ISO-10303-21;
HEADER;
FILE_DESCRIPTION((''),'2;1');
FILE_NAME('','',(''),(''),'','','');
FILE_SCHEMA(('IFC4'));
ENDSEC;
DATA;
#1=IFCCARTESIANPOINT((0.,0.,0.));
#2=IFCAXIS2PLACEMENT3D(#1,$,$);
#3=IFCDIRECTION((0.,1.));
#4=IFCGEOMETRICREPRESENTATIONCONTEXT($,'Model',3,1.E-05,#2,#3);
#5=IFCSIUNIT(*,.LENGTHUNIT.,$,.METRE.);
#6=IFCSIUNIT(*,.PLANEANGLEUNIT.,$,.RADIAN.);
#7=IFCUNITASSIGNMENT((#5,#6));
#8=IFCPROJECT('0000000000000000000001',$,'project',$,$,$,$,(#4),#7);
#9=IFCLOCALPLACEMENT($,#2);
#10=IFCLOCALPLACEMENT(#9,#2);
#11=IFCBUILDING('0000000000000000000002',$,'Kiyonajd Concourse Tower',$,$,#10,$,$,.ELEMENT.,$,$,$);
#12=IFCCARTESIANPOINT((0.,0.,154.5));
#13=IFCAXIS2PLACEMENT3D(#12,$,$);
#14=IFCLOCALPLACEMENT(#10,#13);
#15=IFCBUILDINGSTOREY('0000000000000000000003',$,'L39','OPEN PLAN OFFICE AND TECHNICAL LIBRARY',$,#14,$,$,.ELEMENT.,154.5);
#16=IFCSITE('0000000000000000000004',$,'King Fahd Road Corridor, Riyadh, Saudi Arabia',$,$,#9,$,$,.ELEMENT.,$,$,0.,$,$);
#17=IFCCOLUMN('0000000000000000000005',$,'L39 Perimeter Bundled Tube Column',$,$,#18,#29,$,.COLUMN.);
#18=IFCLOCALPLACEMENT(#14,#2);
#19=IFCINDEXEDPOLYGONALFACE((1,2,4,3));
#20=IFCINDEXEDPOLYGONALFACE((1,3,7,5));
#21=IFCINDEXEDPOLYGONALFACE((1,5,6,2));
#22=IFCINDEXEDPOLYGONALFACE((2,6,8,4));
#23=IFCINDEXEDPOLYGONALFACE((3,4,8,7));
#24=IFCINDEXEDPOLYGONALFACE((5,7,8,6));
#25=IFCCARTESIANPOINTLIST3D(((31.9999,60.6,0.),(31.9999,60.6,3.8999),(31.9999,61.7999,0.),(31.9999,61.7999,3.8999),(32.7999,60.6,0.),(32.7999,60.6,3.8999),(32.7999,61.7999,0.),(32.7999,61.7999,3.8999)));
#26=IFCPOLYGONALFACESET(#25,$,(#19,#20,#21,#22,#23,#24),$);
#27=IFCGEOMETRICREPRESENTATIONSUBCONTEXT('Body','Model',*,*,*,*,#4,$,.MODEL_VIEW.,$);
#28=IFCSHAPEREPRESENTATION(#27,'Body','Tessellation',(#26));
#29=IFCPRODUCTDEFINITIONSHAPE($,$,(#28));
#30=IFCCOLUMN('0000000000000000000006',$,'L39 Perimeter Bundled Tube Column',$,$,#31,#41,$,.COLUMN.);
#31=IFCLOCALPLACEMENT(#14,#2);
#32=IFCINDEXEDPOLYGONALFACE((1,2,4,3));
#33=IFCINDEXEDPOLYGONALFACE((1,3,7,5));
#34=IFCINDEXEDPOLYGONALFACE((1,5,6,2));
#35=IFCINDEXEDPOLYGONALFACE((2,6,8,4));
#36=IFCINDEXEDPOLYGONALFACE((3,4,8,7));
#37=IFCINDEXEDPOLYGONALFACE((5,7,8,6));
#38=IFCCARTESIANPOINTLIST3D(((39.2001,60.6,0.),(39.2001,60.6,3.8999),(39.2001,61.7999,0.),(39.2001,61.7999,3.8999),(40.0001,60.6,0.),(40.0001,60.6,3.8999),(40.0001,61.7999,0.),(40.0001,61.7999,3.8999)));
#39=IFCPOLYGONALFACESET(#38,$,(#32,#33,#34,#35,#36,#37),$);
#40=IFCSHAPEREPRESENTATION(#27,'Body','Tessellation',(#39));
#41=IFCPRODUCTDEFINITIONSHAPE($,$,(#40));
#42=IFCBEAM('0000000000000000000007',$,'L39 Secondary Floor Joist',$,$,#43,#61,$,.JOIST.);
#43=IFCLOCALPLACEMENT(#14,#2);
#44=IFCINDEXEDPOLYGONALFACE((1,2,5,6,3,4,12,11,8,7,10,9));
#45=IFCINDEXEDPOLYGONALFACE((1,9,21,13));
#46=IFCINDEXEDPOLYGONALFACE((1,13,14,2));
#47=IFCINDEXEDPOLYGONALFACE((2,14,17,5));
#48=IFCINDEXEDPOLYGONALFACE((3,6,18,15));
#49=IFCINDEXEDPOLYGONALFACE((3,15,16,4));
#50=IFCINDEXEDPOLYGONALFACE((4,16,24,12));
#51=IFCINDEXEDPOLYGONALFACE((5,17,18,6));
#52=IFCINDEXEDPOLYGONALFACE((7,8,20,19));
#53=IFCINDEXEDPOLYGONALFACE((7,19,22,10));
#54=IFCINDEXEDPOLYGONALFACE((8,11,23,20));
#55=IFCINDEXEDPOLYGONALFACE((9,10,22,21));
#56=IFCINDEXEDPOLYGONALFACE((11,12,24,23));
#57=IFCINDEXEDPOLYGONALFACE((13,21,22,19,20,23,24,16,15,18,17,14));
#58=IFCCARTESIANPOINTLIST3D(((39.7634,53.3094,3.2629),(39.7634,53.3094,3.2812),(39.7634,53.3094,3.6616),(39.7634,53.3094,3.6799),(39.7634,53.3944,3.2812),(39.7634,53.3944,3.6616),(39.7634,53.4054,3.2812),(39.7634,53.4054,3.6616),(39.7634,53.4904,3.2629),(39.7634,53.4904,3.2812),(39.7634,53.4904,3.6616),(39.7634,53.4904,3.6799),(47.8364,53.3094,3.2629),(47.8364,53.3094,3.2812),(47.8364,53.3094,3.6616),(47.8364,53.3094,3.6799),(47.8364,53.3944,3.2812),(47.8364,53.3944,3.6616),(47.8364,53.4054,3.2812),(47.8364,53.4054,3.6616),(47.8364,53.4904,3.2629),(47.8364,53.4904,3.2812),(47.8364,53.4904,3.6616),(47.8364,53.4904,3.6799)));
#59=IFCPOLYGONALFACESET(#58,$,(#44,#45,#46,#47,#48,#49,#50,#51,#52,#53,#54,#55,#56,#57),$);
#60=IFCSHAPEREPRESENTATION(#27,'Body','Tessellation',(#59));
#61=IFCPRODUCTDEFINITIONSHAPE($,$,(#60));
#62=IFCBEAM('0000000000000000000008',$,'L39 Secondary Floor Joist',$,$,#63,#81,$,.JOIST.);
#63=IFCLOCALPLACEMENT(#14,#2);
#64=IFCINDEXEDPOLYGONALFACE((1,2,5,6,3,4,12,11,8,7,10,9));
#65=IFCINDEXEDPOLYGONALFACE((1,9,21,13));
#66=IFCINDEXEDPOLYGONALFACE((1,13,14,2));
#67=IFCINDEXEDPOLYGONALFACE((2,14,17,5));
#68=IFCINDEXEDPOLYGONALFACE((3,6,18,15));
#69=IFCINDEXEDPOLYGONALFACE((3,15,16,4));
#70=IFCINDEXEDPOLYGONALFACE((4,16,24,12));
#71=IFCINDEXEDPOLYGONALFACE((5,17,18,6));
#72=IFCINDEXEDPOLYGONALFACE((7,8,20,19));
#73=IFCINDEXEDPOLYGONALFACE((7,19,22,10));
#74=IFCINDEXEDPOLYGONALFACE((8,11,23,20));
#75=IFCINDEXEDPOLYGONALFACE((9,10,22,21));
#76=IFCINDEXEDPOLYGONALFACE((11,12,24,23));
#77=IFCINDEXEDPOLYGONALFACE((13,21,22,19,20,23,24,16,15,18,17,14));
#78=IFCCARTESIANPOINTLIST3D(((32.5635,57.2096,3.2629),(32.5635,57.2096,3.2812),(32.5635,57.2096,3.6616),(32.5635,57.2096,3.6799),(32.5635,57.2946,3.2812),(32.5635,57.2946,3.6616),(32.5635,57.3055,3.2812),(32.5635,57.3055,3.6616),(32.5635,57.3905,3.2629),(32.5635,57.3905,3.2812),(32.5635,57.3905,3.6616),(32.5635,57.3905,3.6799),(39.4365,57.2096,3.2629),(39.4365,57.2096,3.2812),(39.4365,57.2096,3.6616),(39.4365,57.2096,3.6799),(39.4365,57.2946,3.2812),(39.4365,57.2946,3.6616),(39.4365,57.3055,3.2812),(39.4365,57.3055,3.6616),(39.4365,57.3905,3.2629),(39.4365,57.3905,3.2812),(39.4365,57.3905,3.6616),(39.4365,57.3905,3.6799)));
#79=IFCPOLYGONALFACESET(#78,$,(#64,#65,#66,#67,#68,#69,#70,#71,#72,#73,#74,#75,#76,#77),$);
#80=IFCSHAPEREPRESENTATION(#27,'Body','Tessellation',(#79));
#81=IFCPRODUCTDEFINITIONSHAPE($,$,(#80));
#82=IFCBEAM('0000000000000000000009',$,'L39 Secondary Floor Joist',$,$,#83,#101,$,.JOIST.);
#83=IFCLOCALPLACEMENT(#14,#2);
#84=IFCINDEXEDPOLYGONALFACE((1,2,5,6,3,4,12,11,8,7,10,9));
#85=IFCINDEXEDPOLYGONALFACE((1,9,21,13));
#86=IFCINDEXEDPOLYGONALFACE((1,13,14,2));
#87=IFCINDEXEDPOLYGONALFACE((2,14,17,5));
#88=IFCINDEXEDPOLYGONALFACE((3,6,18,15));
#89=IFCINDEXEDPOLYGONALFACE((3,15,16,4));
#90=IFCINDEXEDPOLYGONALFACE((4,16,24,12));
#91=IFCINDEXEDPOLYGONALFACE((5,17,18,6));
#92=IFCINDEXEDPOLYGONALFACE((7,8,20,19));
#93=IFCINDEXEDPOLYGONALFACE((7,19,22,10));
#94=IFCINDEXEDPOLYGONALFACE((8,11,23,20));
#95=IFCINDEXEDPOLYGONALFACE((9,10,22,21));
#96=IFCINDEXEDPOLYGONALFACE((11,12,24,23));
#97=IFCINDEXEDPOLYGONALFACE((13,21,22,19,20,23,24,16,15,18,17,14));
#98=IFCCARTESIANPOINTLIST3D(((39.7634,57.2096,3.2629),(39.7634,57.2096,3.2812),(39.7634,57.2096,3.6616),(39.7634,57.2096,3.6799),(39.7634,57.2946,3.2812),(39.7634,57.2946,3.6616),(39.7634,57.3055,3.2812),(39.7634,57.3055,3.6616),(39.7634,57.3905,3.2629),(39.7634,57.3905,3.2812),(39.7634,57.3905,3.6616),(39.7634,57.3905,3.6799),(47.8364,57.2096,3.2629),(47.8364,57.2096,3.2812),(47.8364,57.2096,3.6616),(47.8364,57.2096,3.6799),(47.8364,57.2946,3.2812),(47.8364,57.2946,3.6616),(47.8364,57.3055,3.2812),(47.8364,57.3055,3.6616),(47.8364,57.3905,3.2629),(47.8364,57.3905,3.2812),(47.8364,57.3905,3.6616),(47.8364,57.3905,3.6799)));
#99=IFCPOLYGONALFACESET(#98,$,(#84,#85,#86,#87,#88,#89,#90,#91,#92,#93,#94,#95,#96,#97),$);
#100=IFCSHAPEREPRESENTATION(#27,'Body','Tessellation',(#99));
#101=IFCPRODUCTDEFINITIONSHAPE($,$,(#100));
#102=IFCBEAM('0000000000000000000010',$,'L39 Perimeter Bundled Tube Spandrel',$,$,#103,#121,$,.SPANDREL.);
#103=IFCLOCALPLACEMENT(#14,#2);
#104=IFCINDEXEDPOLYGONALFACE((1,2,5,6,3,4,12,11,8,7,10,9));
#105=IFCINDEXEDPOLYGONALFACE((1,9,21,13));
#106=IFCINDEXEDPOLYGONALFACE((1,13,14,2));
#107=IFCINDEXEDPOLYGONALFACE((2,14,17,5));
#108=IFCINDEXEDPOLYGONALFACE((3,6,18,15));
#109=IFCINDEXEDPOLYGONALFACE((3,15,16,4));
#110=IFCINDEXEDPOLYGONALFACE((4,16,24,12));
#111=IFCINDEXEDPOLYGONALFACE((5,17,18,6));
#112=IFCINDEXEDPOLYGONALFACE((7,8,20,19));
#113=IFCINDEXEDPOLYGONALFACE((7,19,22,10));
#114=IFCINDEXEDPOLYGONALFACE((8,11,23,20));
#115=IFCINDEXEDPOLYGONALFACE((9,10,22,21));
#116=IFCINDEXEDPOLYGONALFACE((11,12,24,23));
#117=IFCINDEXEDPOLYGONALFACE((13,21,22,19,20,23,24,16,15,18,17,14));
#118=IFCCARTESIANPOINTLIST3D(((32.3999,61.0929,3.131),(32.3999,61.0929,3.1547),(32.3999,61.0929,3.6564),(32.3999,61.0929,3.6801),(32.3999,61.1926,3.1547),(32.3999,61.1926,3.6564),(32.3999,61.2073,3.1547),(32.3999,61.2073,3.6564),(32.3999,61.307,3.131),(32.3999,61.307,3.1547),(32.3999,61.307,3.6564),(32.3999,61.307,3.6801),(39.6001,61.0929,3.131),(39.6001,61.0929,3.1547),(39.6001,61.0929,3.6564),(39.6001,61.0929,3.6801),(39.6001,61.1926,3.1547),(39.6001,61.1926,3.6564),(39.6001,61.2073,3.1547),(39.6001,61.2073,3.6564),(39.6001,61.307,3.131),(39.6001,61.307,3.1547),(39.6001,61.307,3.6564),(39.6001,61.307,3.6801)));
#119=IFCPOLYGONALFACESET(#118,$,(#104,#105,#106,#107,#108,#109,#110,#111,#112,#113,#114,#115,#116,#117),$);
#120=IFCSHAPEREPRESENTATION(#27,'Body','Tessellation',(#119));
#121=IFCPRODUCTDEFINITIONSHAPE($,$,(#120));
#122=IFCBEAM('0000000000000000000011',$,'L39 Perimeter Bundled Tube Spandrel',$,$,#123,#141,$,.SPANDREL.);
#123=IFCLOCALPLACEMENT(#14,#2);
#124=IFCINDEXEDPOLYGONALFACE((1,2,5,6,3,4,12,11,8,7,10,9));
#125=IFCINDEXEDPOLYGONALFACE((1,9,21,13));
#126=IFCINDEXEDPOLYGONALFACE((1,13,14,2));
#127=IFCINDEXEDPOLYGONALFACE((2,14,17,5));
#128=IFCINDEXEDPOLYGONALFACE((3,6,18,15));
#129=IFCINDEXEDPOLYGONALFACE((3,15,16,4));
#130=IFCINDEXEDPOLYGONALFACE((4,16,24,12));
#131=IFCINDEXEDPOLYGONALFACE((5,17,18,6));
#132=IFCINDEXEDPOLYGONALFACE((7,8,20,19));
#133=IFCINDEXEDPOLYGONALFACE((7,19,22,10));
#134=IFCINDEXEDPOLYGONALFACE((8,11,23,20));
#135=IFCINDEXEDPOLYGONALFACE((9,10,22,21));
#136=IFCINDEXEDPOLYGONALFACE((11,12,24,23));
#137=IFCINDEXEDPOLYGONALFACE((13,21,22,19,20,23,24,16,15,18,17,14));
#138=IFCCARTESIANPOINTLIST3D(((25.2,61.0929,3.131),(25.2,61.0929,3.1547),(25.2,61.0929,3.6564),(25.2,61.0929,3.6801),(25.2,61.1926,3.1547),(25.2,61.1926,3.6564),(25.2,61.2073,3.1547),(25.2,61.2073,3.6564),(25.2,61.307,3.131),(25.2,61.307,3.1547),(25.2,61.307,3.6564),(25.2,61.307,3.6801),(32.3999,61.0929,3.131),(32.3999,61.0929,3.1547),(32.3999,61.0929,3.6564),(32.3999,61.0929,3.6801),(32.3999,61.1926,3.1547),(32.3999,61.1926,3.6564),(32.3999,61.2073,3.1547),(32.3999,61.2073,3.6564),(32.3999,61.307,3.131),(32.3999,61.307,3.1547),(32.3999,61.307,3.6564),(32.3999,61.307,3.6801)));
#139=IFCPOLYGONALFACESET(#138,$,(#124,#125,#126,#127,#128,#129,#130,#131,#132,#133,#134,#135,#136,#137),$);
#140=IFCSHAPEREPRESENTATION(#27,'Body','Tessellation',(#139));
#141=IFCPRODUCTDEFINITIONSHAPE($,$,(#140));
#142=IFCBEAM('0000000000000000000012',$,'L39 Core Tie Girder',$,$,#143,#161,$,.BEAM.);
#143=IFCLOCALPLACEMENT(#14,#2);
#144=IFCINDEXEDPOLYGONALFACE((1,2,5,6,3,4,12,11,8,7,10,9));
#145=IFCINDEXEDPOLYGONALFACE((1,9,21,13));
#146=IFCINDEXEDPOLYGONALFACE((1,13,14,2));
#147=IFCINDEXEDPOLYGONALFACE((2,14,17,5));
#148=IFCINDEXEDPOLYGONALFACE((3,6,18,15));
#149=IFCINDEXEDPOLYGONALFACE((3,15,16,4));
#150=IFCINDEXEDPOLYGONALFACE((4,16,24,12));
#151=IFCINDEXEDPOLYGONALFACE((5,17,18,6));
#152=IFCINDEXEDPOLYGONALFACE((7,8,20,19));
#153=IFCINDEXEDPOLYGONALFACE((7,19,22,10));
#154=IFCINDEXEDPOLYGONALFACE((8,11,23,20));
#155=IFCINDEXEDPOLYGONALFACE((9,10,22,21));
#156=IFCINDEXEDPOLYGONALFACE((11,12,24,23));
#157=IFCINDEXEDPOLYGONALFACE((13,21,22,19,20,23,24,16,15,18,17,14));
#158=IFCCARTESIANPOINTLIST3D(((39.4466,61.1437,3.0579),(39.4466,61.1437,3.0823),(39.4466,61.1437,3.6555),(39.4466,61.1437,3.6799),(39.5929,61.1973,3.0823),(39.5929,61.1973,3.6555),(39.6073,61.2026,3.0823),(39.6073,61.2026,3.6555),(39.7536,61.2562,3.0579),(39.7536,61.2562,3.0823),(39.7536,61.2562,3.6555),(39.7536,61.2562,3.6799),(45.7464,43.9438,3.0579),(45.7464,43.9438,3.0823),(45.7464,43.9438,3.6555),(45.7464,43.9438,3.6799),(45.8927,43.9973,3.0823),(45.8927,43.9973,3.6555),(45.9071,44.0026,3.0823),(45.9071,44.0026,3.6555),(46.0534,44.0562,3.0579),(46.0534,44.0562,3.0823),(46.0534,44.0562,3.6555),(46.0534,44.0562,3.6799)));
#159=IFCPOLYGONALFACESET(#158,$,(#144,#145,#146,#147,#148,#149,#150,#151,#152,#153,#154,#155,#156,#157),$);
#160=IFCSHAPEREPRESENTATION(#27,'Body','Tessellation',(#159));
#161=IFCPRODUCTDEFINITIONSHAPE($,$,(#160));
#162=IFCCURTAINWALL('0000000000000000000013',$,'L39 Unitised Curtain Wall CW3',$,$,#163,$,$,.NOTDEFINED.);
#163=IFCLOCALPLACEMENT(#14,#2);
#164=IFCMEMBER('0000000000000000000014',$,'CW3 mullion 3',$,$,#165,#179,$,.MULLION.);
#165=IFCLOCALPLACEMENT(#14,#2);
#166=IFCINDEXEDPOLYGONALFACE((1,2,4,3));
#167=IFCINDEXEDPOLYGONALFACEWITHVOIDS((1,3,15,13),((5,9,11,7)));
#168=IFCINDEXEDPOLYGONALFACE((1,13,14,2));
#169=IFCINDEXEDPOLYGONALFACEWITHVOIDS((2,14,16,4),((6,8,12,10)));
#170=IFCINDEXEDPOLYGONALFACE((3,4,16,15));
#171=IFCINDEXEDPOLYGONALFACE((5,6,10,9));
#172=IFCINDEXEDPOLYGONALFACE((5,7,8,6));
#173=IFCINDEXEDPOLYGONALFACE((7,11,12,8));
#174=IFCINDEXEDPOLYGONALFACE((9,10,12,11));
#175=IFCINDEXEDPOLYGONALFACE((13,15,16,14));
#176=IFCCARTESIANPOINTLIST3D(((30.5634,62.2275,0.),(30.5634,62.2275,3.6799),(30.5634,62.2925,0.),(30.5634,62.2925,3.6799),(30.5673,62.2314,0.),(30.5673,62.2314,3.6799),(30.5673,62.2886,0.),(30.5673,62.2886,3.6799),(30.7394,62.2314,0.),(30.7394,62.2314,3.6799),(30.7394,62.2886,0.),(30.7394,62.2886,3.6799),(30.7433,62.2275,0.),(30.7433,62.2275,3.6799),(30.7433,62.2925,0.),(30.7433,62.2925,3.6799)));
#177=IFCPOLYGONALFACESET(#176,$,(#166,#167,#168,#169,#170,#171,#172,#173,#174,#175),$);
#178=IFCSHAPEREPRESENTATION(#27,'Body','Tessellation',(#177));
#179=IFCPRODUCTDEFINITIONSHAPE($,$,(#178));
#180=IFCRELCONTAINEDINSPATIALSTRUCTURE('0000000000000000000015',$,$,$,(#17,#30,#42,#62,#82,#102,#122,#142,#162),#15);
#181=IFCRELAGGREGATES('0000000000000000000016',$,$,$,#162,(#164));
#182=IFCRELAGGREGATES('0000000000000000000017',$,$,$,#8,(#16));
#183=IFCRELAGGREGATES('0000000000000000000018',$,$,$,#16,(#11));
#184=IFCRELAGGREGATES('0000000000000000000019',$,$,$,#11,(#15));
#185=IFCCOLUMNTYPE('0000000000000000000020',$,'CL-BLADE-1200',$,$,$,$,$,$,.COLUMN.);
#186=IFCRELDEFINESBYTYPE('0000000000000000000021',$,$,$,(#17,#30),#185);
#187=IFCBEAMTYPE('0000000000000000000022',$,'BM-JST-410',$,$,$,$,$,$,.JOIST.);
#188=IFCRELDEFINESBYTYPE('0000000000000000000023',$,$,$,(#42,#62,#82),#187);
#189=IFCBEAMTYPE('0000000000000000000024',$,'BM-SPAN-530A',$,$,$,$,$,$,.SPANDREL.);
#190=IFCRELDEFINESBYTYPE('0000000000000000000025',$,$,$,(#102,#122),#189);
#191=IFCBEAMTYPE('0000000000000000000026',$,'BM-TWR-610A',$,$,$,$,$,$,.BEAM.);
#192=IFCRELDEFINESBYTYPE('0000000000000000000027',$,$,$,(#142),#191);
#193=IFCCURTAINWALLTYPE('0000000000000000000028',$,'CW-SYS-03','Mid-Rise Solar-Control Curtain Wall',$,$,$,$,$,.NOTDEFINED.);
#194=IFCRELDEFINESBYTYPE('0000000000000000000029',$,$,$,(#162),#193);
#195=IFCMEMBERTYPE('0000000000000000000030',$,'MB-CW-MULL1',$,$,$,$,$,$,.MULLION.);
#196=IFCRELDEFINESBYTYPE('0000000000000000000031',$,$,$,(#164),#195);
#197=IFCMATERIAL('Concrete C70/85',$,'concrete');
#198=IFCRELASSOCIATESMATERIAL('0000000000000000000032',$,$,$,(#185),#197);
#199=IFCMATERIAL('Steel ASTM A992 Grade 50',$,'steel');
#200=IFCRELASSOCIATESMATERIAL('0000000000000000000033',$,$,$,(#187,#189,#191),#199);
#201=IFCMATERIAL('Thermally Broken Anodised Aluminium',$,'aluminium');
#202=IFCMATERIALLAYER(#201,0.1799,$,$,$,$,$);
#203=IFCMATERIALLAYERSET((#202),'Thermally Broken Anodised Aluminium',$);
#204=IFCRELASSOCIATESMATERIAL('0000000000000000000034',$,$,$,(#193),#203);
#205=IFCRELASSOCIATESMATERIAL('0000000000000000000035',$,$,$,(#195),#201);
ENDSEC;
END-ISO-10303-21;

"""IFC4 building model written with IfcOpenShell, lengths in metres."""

from ifc_helpers import new_model, si_unit, direction, frame, origin, origin_2d, place, context, subcontext, project, spatial, rectangle, hollow_rectangle, i_section, extrude, material, layer, layer_set, material_profile, profile_set, type_object, element, aggregate, save


model = new_model("IFC4")

# Units and contexts
model_context = context("Model", 3, precision=1e-05, world=origin(), true_north=direction((0.0, 1.0)))
body_context = subcontext(model_context, "Body", "Model", "MODEL_VIEW")
ifc_project = project(units=[si_unit("LENGTHUNIT", "METRE"), si_unit("PLANEANGLEUNIT", "RADIAN")], contexts=[model_context])

# Site, building, storey
site_placement = place(None, origin())
site = spatial("IfcSite", under=ifc_project, at=site_placement, Name="King Fahd Road Corridor, Riyadh, Saudi Arabia", CompositionType="ELEMENT", RefElevation=0.0)
building_placement = place(site_placement, origin())
building = spatial("IfcBuilding", under=site, at=building_placement, Name="Kiyonajd Concourse Tower", CompositionType="ELEMENT")
storey_placement = place(building_placement, frame((0.0, 0.0, 154.5)))
storey = spatial("IfcBuildingStorey", under=building, at=storey_placement, Name="L39", Description="OPEN PLAN OFFICE AND TECHNICAL LIBRARY", CompositionType="ELEMENT", Elevation=154.5)

# Columns
ifc_material_1 = material(Name="Concrete C70/85", Category="concrete")
ifc_material_profile_1 = material_profile(ifc_material_1, rectangle(XDim=0.8, YDim=1.2, at=origin_2d()), Name="RC-1200x800")
ifc_profile_set_1 = profile_set([ifc_material_profile_1], Name="Concrete C70/85")
column_type = type_object("IfcColumnType", Name="CL-BLADE-1200", PredefinedType="COLUMN", material=ifc_profile_set_1)
for number, where, z_axis, x_axis, name in (
    (1, (32.3999, 61.2, 0.0), (0.0, 0.0, 1.0), (1.0, 0.0, 0.0), "L39 Perimeter Bundled Tube Column"),
    (2, (39.6001, 61.2, 0.0), (0.0, 0.0, 1.0), (1.0, 0.0, 0.0), "L39 Perimeter Bundled Tube Column"),
):
    element("IfcColumn", number, at=place(storey_placement, frame(where, z_axis=z_axis, x_axis=x_axis)), inside=storey, type_object=column_type, Name=name, PredefinedType="COLUMN", context=body_context, shape_type="SweptSolid", body=[
        extrude(rectangle(XDim=0.8, YDim=1.2, at=origin_2d()), origin(), (0.0, 0.0, 1.0), 3.8999),
    ])

# Beams
ifc_material_2 = material(Name="Steel ASTM A992 Grade 50", Category="steel")
ifc_material_profile_2 = material_profile(ifc_material_2, i_section(OverallWidth=0.1809, OverallDepth=0.417, WebThickness=0.011, FlangeThickness=0.0183, at=origin_2d()), Name="W410X85")
ifc_profile_set_2 = profile_set([ifc_material_profile_2], Name="Steel ASTM A992 Grade 50")
beam_type_1 = type_object("IfcBeamType", Name="BM-JST-410", PredefinedType="JOIST", material=ifc_profile_set_2)
beam_1_placement = place(storey_placement, frame((39.7634, 53.3999, 3.4714), z_axis=(1.0, 0.0, 0.0), x_axis=(0.0, 1.0, 0.0)))
element("IfcBeam", 3, at=beam_1_placement, inside=storey, type_object=beam_type_1, Name="L39 Secondary Floor Joist", PredefinedType="JOIST", context=body_context, shape_type="SweptSolid", body=[
    extrude(i_section(OverallWidth=0.1809, OverallDepth=0.417, WebThickness=0.011, FlangeThickness=0.0183, at=origin_2d()), origin(), (0.0, 0.0, 1.0), 8.073),
])
beam_2_placement = place(storey_placement, frame((32.5635, 57.3, 3.4714), z_axis=(1.0, 0.0, 0.0), x_axis=(0.0, 1.0, 0.0)))
element("IfcBeam", 4, at=beam_2_placement, inside=storey, type_object=beam_type_1, Name="L39 Secondary Floor Joist", PredefinedType="JOIST", context=body_context, shape_type="SweptSolid", body=[
    extrude(i_section(OverallWidth=0.1809, OverallDepth=0.417, WebThickness=0.011, FlangeThickness=0.0183, at=origin_2d()), origin(), (0.0, 0.0, 1.0), 6.873),
])
beam_3_placement = place(storey_placement, frame((39.7634, 57.3, 3.4714), z_axis=(1.0, 0.0, 0.0), x_axis=(0.0, 1.0, 0.0)))
element("IfcBeam", 5, at=beam_3_placement, inside=storey, type_object=beam_type_1, Name="L39 Secondary Floor Joist", PredefinedType="JOIST", context=body_context, shape_type="SweptSolid", body=[
    extrude(i_section(OverallWidth=0.1809, OverallDepth=0.417, WebThickness=0.011, FlangeThickness=0.0183, at=origin_2d()), origin(), (0.0, 0.0, 1.0), 8.073),
])
ifc_material_profile_3 = material_profile(ifc_material_2, i_section(OverallWidth=0.2141, OverallDepth=0.5491, WebThickness=0.0146, FlangeThickness=0.0237, at=origin_2d()), Name="W530X138")
ifc_profile_set_3 = profile_set([ifc_material_profile_3], Name="Steel ASTM A992 Grade 50")
beam_type_2 = type_object("IfcBeamType", Name="BM-SPAN-530A", PredefinedType="SPANDREL", material=ifc_profile_set_3)
beam_4_placement = place(storey_placement, frame((39.6001, 61.2, 3.4055), z_axis=(-1.0, 0.0, 0.0), x_axis=(0.0, -1.0, 0.0)))
element("IfcBeam", 6, at=beam_4_placement, inside=storey, type_object=beam_type_2, Name="L39 Perimeter Bundled Tube Spandrel", PredefinedType="SPANDREL", context=body_context, shape_type="SweptSolid", body=[
    extrude(i_section(OverallWidth=0.2141, OverallDepth=0.5491, WebThickness=0.0146, FlangeThickness=0.0237, at=origin_2d()), origin(), (0.0, 0.0, 1.0), 7.2002),
])
beam_5_placement = place(storey_placement, frame((32.3999, 61.2, 3.4055), z_axis=(-1.0, 0.0, 0.0), x_axis=(0.0, -1.0, 0.0)))
element("IfcBeam", 7, at=beam_5_placement, inside=storey, type_object=beam_type_2, Name="L39 Perimeter Bundled Tube Spandrel", PredefinedType="SPANDREL", context=body_context, shape_type="SweptSolid", body=[
    extrude(i_section(OverallWidth=0.2141, OverallDepth=0.5491, WebThickness=0.0146, FlangeThickness=0.0237, at=origin_2d()), origin(), (0.0, 0.0, 1.0), 7.2),
])
ifc_material_profile_4 = material_profile(ifc_material_2, i_section(OverallWidth=0.3269, OverallDepth=0.6221, WebThickness=0.0154, FlangeThickness=0.0244, at=origin_2d()), Name="W610X195")
ifc_profile_set_4 = profile_set([ifc_material_profile_4], Name="Steel ASTM A992 Grade 50")
beam_type_3 = type_object("IfcBeamType", Name="BM-TWR-610A", PredefinedType="BEAM", material=ifc_profile_set_4)
beam_6_placement = place(storey_placement, frame((39.6001, 61.2, 3.3689), z_axis=(0.343925, -0.938997, 0.0), x_axis=(0.938997, 0.343925, 0.0)))
element("IfcBeam", 8, at=beam_6_placement, inside=storey, type_object=beam_type_3, Name="L39 Core Tie Girder", PredefinedType="BEAM", context=body_context, shape_type="SweptSolid", body=[
    extrude(i_section(OverallWidth=0.3269, OverallDepth=0.6221, WebThickness=0.0154, FlangeThickness=0.0244, at=origin_2d()), origin(), (0.0, 0.0, 1.0), 18.3174),
])

# Curtain wall, member
ifc_material_3 = material(Name="Thermally Broken Anodised Aluminium", Category="aluminium")
ifc_layer_1 = layer(ifc_material_3, 0.1799)
ifc_layer_set_1 = layer_set([ifc_layer_1], Name="Thermally Broken Anodised Aluminium")
curtain_wall_type = type_object("IfcCurtainWallType", Name="CW-SYS-03", Description="Mid-Rise Solar-Control Curtain Wall", PredefinedType="NOTDEFINED", material=ifc_layer_set_1)
curtain_wall_placement = place(storey_placement, origin())
curtain_wall = element("IfcCurtainWall", 9, at=curtain_wall_placement, inside=storey, type_object=curtain_wall_type, Name="L39 Unitised Curtain Wall CW3", PredefinedType="NOTDEFINED")
ifc_material_profile_5 = material_profile(ifc_material_3, hollow_rectangle(XDim=0.0649, YDim=0.1799, WallThickness=0.0039, at=origin_2d()), Name="MULL-65x180")
ifc_profile_set_5 = profile_set([ifc_material_profile_5], Name="Thermally Broken Anodised Aluminium")
member_type_1 = type_object("IfcMemberType", Name="MB-CW-MULL1", PredefinedType="MULLION", material=ifc_profile_set_5)
member_1_placement = place(storey_placement, frame((30.6533, 62.26, 0.0), z_axis=(0.0, 0.0, 1.0), x_axis=(0.0, 1.0, 0.0)))
member_1 = element("IfcMember", 10, at=member_1_placement, type_object=member_type_1, Name="CW3 mullion 3", PredefinedType="MULLION", context=body_context, shape_type="SweptSolid", body=[
    extrude(hollow_rectangle(XDim=0.0649, YDim=0.1799, WallThickness=0.0039, at=origin_2d()), origin(), (0.0, 0.0, 1.0), 3.6799),
])

aggregate(curtain_wall, [member_1])

save(model, "model.ifc")
